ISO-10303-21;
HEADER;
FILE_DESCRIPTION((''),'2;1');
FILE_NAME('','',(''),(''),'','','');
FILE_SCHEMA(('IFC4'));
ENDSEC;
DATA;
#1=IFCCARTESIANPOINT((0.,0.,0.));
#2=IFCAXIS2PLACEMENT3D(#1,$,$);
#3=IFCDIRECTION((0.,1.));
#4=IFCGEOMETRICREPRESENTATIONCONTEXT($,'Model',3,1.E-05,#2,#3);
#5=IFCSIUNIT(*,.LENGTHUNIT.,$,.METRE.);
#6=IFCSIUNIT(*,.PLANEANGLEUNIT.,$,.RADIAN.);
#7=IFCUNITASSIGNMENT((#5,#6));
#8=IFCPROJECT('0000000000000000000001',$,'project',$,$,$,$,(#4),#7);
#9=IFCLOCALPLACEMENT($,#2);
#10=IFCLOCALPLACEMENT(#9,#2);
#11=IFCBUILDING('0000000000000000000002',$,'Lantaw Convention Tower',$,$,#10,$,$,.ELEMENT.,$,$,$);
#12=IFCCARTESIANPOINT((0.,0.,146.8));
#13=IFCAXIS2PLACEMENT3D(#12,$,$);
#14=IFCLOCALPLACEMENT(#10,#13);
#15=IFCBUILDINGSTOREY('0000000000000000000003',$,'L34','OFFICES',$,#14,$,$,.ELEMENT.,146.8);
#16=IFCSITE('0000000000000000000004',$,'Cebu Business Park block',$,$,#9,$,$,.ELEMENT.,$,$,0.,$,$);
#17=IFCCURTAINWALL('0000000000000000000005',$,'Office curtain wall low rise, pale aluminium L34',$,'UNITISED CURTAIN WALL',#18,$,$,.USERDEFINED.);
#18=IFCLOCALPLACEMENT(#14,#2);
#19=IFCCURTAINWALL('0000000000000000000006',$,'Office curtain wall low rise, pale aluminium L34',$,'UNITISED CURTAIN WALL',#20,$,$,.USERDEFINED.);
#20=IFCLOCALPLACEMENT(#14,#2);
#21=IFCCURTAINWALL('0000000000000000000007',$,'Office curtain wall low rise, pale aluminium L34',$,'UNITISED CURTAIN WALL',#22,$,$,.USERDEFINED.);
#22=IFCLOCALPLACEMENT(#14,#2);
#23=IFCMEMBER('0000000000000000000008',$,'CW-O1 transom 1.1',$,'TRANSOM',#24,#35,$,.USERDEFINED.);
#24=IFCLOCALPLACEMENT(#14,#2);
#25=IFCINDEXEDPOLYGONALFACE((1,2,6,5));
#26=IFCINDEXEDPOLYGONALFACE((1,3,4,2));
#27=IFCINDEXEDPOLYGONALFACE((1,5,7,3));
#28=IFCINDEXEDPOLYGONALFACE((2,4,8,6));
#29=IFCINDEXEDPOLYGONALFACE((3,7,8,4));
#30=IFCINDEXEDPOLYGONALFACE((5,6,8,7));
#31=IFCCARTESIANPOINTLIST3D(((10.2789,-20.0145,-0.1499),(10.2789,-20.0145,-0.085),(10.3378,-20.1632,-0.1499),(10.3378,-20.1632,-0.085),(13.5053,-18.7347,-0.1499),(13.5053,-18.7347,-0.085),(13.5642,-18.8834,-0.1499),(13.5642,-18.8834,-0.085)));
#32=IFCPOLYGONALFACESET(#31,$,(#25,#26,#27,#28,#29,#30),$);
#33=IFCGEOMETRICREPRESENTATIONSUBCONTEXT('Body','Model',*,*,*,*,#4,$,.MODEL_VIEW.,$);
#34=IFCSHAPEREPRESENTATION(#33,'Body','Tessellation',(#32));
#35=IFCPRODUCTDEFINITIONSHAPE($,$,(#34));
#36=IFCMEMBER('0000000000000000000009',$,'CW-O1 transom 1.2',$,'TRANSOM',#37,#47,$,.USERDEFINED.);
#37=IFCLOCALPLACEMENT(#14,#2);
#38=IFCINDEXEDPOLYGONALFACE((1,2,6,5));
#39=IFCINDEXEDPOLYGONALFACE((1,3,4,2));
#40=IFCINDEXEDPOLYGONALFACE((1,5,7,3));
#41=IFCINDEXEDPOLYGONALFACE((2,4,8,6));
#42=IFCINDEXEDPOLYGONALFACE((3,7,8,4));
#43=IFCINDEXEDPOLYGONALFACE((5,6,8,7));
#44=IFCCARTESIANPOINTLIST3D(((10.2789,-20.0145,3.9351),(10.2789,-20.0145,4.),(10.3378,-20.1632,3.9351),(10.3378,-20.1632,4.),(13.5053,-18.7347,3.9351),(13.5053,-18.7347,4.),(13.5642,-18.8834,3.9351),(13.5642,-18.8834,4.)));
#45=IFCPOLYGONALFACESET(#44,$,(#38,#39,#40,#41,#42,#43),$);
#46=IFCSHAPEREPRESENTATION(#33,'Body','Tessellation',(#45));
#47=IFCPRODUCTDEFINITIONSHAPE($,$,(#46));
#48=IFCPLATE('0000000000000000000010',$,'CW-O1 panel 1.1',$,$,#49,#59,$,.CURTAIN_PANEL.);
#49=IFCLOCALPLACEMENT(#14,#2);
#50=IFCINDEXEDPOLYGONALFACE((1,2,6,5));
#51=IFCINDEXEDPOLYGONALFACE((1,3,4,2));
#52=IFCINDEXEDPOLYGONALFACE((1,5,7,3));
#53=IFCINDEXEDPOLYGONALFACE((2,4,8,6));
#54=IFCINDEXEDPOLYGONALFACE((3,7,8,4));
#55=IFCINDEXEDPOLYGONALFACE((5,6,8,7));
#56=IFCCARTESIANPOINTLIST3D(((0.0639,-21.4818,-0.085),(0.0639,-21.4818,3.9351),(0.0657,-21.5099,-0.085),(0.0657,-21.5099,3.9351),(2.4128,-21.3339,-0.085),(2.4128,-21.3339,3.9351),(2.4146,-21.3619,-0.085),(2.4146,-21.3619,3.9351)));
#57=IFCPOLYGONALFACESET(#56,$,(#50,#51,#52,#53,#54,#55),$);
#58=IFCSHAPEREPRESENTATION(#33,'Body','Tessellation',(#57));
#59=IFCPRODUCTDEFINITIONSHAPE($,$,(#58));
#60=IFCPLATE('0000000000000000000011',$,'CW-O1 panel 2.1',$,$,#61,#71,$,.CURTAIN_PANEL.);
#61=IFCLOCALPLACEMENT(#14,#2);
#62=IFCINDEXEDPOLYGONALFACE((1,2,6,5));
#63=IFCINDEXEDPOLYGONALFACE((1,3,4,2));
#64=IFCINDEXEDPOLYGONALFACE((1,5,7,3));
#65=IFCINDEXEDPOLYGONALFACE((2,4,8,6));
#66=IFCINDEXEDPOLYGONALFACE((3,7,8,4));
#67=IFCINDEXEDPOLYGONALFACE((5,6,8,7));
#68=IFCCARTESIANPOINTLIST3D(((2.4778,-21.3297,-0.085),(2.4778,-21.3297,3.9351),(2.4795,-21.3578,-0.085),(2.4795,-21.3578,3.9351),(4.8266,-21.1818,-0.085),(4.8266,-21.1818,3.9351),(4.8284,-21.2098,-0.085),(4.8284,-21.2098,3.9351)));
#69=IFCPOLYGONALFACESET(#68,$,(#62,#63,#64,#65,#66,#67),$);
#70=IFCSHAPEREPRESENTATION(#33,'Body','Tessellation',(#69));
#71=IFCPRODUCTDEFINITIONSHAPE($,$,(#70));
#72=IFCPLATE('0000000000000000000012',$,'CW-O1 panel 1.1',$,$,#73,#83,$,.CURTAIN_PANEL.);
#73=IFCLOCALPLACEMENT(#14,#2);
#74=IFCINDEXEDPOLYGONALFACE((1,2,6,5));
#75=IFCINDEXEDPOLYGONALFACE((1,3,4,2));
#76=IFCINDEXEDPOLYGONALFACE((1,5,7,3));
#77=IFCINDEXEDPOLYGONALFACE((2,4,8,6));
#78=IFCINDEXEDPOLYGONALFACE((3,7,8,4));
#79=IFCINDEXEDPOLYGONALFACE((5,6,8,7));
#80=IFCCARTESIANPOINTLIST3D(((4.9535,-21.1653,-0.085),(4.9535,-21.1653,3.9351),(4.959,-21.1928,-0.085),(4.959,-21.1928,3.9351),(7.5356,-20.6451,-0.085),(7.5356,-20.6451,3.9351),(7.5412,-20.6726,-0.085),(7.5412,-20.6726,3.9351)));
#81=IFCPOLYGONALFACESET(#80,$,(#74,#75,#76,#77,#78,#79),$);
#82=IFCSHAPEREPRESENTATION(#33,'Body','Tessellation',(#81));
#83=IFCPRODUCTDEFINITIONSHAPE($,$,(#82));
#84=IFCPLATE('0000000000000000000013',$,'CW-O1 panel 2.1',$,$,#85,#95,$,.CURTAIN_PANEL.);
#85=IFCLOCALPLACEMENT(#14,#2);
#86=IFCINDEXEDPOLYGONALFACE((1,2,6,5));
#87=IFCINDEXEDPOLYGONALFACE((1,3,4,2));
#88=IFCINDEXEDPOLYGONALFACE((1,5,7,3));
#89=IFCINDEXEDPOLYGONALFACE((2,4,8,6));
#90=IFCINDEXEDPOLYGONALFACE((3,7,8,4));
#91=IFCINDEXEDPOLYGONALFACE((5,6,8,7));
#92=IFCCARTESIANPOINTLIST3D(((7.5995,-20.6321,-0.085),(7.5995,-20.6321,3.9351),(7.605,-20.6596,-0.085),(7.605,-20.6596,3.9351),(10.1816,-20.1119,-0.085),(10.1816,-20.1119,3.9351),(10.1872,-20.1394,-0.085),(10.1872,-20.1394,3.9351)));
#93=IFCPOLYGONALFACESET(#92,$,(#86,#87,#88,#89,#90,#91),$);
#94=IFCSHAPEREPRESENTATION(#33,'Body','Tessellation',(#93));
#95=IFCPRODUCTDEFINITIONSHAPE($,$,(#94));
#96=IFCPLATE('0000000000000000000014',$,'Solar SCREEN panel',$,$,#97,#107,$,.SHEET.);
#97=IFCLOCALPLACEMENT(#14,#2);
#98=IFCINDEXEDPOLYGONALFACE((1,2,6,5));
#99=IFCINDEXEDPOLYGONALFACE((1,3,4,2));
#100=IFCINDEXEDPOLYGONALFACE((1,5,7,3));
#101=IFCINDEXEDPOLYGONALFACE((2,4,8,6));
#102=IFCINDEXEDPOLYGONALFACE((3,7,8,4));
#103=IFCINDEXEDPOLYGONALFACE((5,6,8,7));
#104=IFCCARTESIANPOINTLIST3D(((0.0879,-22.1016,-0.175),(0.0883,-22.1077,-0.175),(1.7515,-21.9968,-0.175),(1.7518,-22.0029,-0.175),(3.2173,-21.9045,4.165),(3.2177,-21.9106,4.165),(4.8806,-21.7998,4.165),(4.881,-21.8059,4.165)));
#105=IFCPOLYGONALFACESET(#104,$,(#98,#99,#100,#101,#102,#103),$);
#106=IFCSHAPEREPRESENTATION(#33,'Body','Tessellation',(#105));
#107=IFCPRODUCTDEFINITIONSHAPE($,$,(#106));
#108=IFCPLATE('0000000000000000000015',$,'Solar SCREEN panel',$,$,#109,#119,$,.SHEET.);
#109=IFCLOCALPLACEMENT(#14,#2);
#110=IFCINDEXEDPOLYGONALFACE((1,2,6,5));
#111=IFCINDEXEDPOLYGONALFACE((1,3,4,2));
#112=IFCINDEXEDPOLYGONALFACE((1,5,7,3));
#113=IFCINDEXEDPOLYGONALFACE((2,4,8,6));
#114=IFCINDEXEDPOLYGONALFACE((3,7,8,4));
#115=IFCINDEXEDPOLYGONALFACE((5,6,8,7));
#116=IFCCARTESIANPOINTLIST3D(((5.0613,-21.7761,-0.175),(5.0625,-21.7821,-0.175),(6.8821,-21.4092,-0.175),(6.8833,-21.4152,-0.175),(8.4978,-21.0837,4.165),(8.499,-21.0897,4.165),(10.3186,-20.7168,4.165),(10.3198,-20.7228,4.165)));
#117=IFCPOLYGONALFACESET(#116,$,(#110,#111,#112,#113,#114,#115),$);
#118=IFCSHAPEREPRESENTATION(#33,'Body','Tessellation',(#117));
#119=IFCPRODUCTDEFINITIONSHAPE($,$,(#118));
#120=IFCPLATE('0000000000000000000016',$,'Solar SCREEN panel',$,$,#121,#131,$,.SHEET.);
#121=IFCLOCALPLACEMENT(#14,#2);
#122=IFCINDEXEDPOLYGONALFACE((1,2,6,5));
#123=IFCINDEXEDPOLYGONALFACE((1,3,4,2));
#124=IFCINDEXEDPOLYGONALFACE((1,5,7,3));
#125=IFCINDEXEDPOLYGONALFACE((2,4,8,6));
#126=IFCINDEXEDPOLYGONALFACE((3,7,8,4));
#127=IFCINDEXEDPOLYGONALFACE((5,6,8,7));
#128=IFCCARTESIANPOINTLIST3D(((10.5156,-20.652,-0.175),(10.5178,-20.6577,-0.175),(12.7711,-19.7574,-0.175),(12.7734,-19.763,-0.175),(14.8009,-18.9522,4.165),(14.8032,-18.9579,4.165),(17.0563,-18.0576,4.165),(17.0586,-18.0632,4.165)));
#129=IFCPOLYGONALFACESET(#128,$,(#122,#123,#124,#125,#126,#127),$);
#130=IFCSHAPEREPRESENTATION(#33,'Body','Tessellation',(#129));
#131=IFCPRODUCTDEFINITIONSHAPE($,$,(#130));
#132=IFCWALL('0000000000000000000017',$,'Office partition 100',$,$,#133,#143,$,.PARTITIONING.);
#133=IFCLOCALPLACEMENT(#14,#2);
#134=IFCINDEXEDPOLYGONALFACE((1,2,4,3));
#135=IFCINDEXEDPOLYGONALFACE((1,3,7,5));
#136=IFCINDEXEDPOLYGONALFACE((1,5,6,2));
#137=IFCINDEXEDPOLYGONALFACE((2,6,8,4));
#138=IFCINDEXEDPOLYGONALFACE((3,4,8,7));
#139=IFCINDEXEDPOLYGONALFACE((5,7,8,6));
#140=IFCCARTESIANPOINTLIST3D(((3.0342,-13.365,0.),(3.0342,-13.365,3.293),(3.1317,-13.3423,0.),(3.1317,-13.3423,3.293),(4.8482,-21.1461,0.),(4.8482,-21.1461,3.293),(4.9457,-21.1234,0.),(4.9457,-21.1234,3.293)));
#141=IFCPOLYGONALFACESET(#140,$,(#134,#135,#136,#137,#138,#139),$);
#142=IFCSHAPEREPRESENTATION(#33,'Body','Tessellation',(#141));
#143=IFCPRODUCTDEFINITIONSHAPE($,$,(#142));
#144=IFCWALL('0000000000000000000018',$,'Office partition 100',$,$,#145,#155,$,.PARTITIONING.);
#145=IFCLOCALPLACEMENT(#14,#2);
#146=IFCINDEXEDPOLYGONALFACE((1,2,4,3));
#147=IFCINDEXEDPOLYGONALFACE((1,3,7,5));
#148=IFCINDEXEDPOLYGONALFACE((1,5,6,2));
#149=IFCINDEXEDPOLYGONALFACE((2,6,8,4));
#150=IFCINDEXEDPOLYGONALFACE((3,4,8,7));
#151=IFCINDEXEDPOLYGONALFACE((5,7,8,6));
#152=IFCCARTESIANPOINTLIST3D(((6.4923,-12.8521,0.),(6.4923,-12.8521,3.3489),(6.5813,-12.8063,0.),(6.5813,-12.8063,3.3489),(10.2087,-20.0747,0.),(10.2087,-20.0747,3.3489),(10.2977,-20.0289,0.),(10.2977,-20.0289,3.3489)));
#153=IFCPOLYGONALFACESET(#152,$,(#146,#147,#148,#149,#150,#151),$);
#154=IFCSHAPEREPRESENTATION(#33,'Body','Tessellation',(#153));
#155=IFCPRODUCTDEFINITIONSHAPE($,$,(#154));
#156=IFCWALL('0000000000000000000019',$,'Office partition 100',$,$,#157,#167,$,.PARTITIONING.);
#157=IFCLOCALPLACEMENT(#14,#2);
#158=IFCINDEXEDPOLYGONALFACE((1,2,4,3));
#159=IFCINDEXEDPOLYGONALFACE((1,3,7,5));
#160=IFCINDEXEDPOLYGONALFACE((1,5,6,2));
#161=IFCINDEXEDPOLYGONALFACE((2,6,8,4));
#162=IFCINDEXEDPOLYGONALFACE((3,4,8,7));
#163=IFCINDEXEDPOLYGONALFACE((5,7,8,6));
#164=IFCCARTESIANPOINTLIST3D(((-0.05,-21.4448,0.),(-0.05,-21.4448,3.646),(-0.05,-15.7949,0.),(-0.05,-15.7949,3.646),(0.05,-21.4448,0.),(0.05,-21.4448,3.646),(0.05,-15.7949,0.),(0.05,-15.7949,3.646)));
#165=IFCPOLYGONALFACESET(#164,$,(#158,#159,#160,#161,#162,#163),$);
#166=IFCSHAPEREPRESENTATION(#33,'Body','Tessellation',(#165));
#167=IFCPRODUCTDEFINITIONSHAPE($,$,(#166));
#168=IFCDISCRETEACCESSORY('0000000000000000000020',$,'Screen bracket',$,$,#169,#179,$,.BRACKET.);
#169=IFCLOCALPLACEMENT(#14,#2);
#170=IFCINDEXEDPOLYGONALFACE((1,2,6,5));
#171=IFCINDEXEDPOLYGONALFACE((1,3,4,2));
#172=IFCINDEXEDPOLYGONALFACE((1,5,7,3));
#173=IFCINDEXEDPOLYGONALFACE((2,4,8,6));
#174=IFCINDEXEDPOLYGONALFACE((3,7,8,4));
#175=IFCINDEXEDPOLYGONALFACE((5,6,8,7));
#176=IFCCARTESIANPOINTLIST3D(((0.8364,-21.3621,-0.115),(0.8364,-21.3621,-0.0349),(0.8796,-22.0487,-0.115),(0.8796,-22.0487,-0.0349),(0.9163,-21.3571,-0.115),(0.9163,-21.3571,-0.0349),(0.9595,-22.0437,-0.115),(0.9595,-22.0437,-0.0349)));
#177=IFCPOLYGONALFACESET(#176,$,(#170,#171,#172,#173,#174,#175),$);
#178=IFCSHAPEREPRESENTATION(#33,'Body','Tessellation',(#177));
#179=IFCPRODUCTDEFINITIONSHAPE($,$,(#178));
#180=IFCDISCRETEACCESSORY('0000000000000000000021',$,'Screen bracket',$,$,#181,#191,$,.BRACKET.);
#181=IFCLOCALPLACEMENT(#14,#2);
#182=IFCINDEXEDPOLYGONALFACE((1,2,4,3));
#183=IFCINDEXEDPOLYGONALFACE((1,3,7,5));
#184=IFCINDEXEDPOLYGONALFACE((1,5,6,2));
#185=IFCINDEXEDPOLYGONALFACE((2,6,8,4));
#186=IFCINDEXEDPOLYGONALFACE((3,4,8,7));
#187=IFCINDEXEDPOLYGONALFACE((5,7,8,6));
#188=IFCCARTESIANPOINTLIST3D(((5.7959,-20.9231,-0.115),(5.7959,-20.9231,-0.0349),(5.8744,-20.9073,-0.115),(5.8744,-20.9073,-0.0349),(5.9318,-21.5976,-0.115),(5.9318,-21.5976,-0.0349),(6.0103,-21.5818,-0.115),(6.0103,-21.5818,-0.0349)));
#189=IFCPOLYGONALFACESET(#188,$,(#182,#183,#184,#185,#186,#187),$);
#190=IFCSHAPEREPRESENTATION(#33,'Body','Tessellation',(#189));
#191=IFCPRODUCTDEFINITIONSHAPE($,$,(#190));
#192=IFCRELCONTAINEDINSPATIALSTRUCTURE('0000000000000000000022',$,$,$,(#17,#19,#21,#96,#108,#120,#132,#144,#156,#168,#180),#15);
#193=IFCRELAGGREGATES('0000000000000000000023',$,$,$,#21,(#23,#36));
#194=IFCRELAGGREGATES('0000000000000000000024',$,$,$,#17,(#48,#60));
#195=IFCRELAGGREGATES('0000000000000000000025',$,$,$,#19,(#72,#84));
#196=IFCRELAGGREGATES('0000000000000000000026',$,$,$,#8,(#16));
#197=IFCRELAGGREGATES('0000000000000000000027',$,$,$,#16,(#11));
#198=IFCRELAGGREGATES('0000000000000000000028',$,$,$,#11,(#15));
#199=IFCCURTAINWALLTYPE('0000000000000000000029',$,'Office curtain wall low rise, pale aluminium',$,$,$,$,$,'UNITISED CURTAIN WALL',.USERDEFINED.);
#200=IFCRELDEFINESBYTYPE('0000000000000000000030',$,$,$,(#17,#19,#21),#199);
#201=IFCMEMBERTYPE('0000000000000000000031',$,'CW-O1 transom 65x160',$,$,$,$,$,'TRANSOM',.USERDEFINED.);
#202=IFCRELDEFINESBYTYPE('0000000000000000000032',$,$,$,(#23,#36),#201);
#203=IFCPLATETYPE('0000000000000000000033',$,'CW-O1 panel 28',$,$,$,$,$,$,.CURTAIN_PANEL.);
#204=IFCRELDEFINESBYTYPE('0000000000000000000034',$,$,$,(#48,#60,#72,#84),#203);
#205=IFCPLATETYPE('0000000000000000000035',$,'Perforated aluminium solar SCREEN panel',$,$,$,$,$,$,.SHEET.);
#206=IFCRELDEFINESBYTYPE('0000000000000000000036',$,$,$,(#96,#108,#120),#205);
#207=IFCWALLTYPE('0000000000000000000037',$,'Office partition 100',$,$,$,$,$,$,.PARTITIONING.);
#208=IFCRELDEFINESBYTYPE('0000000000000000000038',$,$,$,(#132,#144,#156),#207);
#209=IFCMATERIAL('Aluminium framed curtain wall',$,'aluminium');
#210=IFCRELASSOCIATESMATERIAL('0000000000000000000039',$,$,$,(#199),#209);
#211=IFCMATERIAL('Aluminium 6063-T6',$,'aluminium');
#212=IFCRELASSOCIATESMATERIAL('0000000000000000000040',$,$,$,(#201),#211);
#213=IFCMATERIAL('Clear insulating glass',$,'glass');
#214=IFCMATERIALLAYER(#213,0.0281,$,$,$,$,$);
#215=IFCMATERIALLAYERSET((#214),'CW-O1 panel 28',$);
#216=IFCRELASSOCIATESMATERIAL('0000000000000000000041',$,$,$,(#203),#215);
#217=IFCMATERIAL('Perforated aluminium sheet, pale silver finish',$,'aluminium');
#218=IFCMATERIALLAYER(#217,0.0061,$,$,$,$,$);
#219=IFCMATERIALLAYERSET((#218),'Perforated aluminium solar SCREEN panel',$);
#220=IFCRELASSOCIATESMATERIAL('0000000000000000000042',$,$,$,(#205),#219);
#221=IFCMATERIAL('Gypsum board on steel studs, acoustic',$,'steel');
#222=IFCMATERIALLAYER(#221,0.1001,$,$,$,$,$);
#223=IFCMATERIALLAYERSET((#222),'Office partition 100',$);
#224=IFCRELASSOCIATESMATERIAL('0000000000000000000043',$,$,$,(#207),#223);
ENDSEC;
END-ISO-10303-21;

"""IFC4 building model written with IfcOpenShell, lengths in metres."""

from ifc_helpers import new_model, si_unit, direction, frame, frame_2d, origin, origin_2d, place, context, subcontext, project, spatial, polyline, rectangle, outline, extrude, material, layer, layer_set, material_profile, profile_set, type_object, element, aggregate, save


model = new_model("IFC4")

# Units and contexts
model_context = context("Model", 3, precision=1e-05, world=origin(), true_north=direction((0.0, 1.0)))
body_context = subcontext(model_context, "Body", "Model", "MODEL_VIEW")
ifc_project = project(units=[si_unit("LENGTHUNIT", "METRE"), si_unit("PLANEANGLEUNIT", "RADIAN")], contexts=[model_context])

# Site, building, storey
site_placement = place(None, origin())
site = spatial("IfcSite", under=ifc_project, at=site_placement, Name="Cebu Business Park block", CompositionType="ELEMENT", RefElevation=0.0)
building_placement = place(site_placement, origin())
building = spatial("IfcBuilding", under=site, at=building_placement, Name="Lantaw Convention Tower", CompositionType="ELEMENT")
storey_placement = place(building_placement, frame((0.0, 0.0, 146.8)))
storey = spatial("IfcBuildingStorey", under=building, at=storey_placement, Name="L34", Description="OFFICES", CompositionType="ELEMENT", Elevation=146.8)

# Curtain walls
ifc_material_1 = material(Name="Aluminium framed curtain wall", Category="aluminium")
curtain_wall_type = type_object("IfcCurtainWallType", Name="Office curtain wall low rise, pale aluminium", ElementType="UNITISED CURTAIN WALL", PredefinedType="USERDEFINED", material=ifc_material_1)
curtain_wall_1_placement = place(storey_placement, origin())
curtain_wall_1 = element("IfcCurtainWall", 1, at=curtain_wall_1_placement, inside=storey, type_object=curtain_wall_type, Name="Office curtain wall low rise, pale aluminium L34", ObjectType="UNITISED CURTAIN WALL", PredefinedType="USERDEFINED")
ifc_material_2 = material(Name="Aluminium 6063-T6", Category="aluminium")
curtain_wall_2_placement = place(storey_placement, origin())
curtain_wall_2 = element("IfcCurtainWall", 2, at=curtain_wall_2_placement, inside=storey, type_object=curtain_wall_type, Name="Office curtain wall low rise, pale aluminium L34", ObjectType="UNITISED CURTAIN WALL", PredefinedType="USERDEFINED")

# Curtain wall
curtain_wall_3_placement = place(storey_placement, origin())
curtain_wall_3 = element("IfcCurtainWall", 3, at=curtain_wall_3_placement, inside=storey, type_object=curtain_wall_type, Name="Office curtain wall low rise, pale aluminium L34", ObjectType="UNITISED CURTAIN WALL", PredefinedType="USERDEFINED")

# Members
ifc_material_profile_1 = material_profile(ifc_material_2, rectangle(XDim=0.1599, YDim=0.0649, at=origin_2d()), Name="CW-O1 transom 65x160")
ifc_profile_set_1 = profile_set([ifc_material_profile_1], Name="Aluminium 6063-T6")
member_type_1 = type_object("IfcMemberType", Name="CW-O1 transom 65x160", ElementType="TRANSOM", PredefinedType="USERDEFINED", material=ifc_profile_set_1)
member_1_placement = place(storey_placement, frame((10.3083, -20.0889, -0.1174), z_axis=(0.92954, 0.368721, 0.0), x_axis=(-0.368721, 0.92954, 0.0)))
member_1 = element("IfcMember", 4, at=member_1_placement, type_object=member_type_1, Name="CW-O1 transom 1.1", ObjectType="TRANSOM", PredefinedType="USERDEFINED", context=body_context, shape_type="SweptSolid", body=[
    extrude(rectangle(XDim=0.1599, YDim=0.0649, at=origin_2d()), origin(), (0.0, 0.0, 1.0), 3.4709),
])
member_2_placement = place(storey_placement, frame((10.3083, -20.0889, 3.9675), z_axis=(0.92954, 0.368721, 0.0), x_axis=(-0.368721, 0.92954, 0.0)))
member_2 = element("IfcMember", 5, at=member_2_placement, type_object=member_type_1, Name="CW-O1 transom 1.2", ObjectType="TRANSOM", PredefinedType="USERDEFINED", context=body_context, shape_type="SweptSolid", body=[
    extrude(rectangle(XDim=0.1599, YDim=0.0649, at=origin_2d()), origin(), (0.0, 0.0, 1.0), 3.4709),
])
aggregate(curtain_wall_3, [member_1, member_2])

# Plates
ifc_material_3 = material(Name="Clear insulating glass", Category="glass")
ifc_layer_1 = layer(ifc_material_3, 0.0281)
ifc_layer_set_1 = layer_set([ifc_layer_1], Name="CW-O1 panel 28")
plate_type_1 = type_object("IfcPlateType", Name="CW-O1 panel 28", PredefinedType="CURTAIN_PANEL", material=ifc_layer_set_1)
plate_1_placement = place(storey_placement, frame((1.2393, -21.4219, -0.085), z_axis=(0.0, 0.0, 1.0), x_axis=(0.998022, 0.062865, 0.0)))
plate_1 = element("IfcPlate", 6, at=plate_1_placement, type_object=plate_type_1, Name="CW-O1 panel 1.1", PredefinedType="CURTAIN_PANEL", context=body_context, shape_type="SweptSolid", body=[
    extrude(rectangle(XDim=2.3535, YDim=0.0281, at=origin_2d()), origin(), (0.0, 0.0, 1.0), 4.02),
])
plate_2_placement = place(storey_placement, frame((3.6531, -21.2698, -0.085), z_axis=(0.0, 0.0, 1.0), x_axis=(0.998022, 0.062865, 0.0)))
plate_2 = element("IfcPlate", 7, at=plate_2_placement, type_object=plate_type_1, Name="CW-O1 panel 2.1", PredefinedType="CURTAIN_PANEL", context=body_context, shape_type="SweptSolid", body=[
    extrude(rectangle(XDim=2.3535, YDim=0.0281, at=origin_2d()), origin(), (0.0, 0.0, 1.0), 4.02),
])
aggregate(curtain_wall_1, [plate_1, plate_2])
plate_3_placement = place(storey_placement, frame((6.2473, -20.9189, -0.085), z_axis=(0.0, 0.0, 1.0), x_axis=(0.980302, 0.197507, 0.0)))
plate_3 = element("IfcPlate", 8, at=plate_3_placement, type_object=plate_type_1, Name="CW-O1 panel 1.1", PredefinedType="CURTAIN_PANEL", context=body_context, shape_type="SweptSolid", body=[
    extrude(rectangle(XDim=2.634, YDim=0.0281, at=origin_2d()), origin(), (0.0, 0.0, 1.0), 4.02),
])
plate_4_placement = place(storey_placement, frame((8.8933, -20.3857, -0.085), z_axis=(0.0, 0.0, 1.0), x_axis=(0.980302, 0.197507, 0.0)))
plate_4 = element("IfcPlate", 9, at=plate_4_placement, type_object=plate_type_1, Name="CW-O1 panel 2.1", PredefinedType="CURTAIN_PANEL", context=body_context, shape_type="SweptSolid", body=[
    extrude(rectangle(XDim=2.634, YDim=0.0281, at=origin_2d()), origin(), (0.0, 0.0, 1.0), 4.02),
])
aggregate(curtain_wall_2, [plate_3, plate_4])

# Plates
ifc_material_4 = material(Name="Perforated aluminium sheet, pale silver finish", Category="aluminium")
ifc_layer_2 = layer(ifc_material_4, 0.0061)
ifc_layer_set_2 = layer_set([ifc_layer_2], Name="Perforated aluminium solar SCREEN panel")
plate_type_2 = type_object("IfcPlateType", Name="Perforated aluminium solar SCREEN panel", PredefinedType="SHEET", material=ifc_layer_set_2)
plate_5_placement = place(storey_placement, frame((0.0879, -22.1016, -0.175), z_axis=(-0.062839, 0.998024, 0.000002), x_axis=(0.998024, 0.062839, 0.0)))
element("IfcPlate", 10, at=plate_5_placement, inside=storey, type_object=plate_type_2, Name="Solar SCREEN panel", PredefinedType="SHEET", context=body_context, shape_type="SweptSolid", body=[
    extrude(outline(polyline([(0.0, 0.0), (1.6669, 0.0), (4.8022, -4.3401), (3.1356, -4.3401), (0.0, 0.0)])), origin(), (0.0, 0.0, -1.0), 0.0061),
])
plate_6_placement = place(storey_placement, frame((5.0613, -21.7761, -0.175), z_axis=(-0.197557, 0.980291, 0.000039), x_axis=(0.980291, 0.197557, 0.0)))
element("IfcPlate", 11, at=plate_6_placement, inside=storey, type_object=plate_type_2, Name="Solar SCREEN panel", PredefinedType="SHEET", context=body_context, shape_type="SweptSolid", body=[
    extrude(outline(polyline([(0.0, 0.0), (1.8574, 0.0), (5.363, -4.3401), (3.5056, -4.3401), (0.0, 0.0)])), origin(), (0.0, 0.0, -1.0), 0.0061),
])
plate_7_placement = place(storey_placement, frame((10.5178, -20.6577, -0.175), z_axis=(0.368709, -0.929545, 0.000011), x_axis=(0.929545, 0.368709, 0.0)))
element("IfcPlate", 12, at=plate_7_placement, inside=storey, type_object=plate_type_2, Name="Solar SCREEN panel", PredefinedType="SHEET", context=body_context, shape_type="SweptSolid", body=[
    extrude(outline(polyline([(0.0, 0.0), (2.4265, 0.0), (7.0365, 4.3401), (4.6102, 4.3401), (0.0, 0.0)])), origin(), (0.0, 0.0, -1.0), 0.0061),
])

# Walls
ifc_material_5 = material(Name="Gypsum board on steel studs, acoustic", Category="steel")
ifc_layer_3 = layer(ifc_material_5, 0.1001)
ifc_layer_set_3 = layer_set([ifc_layer_3], Name="Office partition 100")
wall_type = type_object("IfcWallType", Name="Office partition 100", PredefinedType="PARTITIONING", material=ifc_layer_set_3)
wall_1_placement = place(storey_placement, frame((4.897, -21.1348, 0.0), z_axis=(0.0, 0.0, 1.0), x_axis=(-0.227039, 0.973886, 0.0)))
element("IfcWall", 13, at=wall_1_placement, inside=storey, type_object=wall_type, Name="Office partition 100", PredefinedType="PARTITIONING", context=body_context, shape_type="SweptSolid", body=[
    extrude(rectangle(XDim=7.9897, YDim=0.1001, at=frame_2d((3.9949, 0.0))), origin(), (0.0, 0.0, 1.0), 3.293),
])
wall_2_placement = place(storey_placement, frame((10.2532, -20.0518, 0.0), z_axis=(0.0, 0.0, 1.0), x_axis=(-0.457535, 0.889191, 0.0)))
element("IfcWall", 14, at=wall_2_placement, inside=storey, type_object=wall_type, Name="Office partition 100", PredefinedType="PARTITIONING", context=body_context, shape_type="SweptSolid", body=[
    extrude(rectangle(XDim=8.1226, YDim=0.1001, at=frame_2d((4.0613, 0.0))), origin(), (0.0, 0.0, 1.0), 3.3489),
])
wall_3_placement = place(storey_placement, frame((0.0, -21.4448, 0.0), z_axis=(0.0, 0.0, 1.0), x_axis=(0.0, 1.0, 0.0)))
element("IfcWall", 15, at=wall_3_placement, inside=storey, type_object=wall_type, Name="Office partition 100", PredefinedType="PARTITIONING", context=body_context, shape_type="SweptSolid", body=[
    extrude(rectangle(XDim=5.6499, YDim=0.1001, at=frame_2d((2.825, 0.0))), origin(), (0.0, 0.0, 1.0), 3.646),
])

# Discrete accessories
for number, where, z_axis, x_axis, name in (
    (16, (0.8979, -21.7029, -0.115), (0.0, 0.0, 1.0), (0.998022, 0.062865, 0.0), "Screen bracket"),
    (17, (5.9031, -21.2524, -0.115), (0.0, 0.0, 1.0), (0.980302, 0.197507, 0.0), "Screen bracket"),
):
    element("IfcDiscreteAccessory", number, at=place(storey_placement, frame(where, z_axis=z_axis, x_axis=x_axis)), inside=storey, Name=name, PredefinedType="BRACKET", context=body_context, shape_type="SweptSolid", body=[
        extrude(rectangle(XDim=0.0801, YDim=0.688, at=origin_2d()), origin(), (0.0, 0.0, 1.0), 0.0801),
    ])

save(model, "model.ifc")
